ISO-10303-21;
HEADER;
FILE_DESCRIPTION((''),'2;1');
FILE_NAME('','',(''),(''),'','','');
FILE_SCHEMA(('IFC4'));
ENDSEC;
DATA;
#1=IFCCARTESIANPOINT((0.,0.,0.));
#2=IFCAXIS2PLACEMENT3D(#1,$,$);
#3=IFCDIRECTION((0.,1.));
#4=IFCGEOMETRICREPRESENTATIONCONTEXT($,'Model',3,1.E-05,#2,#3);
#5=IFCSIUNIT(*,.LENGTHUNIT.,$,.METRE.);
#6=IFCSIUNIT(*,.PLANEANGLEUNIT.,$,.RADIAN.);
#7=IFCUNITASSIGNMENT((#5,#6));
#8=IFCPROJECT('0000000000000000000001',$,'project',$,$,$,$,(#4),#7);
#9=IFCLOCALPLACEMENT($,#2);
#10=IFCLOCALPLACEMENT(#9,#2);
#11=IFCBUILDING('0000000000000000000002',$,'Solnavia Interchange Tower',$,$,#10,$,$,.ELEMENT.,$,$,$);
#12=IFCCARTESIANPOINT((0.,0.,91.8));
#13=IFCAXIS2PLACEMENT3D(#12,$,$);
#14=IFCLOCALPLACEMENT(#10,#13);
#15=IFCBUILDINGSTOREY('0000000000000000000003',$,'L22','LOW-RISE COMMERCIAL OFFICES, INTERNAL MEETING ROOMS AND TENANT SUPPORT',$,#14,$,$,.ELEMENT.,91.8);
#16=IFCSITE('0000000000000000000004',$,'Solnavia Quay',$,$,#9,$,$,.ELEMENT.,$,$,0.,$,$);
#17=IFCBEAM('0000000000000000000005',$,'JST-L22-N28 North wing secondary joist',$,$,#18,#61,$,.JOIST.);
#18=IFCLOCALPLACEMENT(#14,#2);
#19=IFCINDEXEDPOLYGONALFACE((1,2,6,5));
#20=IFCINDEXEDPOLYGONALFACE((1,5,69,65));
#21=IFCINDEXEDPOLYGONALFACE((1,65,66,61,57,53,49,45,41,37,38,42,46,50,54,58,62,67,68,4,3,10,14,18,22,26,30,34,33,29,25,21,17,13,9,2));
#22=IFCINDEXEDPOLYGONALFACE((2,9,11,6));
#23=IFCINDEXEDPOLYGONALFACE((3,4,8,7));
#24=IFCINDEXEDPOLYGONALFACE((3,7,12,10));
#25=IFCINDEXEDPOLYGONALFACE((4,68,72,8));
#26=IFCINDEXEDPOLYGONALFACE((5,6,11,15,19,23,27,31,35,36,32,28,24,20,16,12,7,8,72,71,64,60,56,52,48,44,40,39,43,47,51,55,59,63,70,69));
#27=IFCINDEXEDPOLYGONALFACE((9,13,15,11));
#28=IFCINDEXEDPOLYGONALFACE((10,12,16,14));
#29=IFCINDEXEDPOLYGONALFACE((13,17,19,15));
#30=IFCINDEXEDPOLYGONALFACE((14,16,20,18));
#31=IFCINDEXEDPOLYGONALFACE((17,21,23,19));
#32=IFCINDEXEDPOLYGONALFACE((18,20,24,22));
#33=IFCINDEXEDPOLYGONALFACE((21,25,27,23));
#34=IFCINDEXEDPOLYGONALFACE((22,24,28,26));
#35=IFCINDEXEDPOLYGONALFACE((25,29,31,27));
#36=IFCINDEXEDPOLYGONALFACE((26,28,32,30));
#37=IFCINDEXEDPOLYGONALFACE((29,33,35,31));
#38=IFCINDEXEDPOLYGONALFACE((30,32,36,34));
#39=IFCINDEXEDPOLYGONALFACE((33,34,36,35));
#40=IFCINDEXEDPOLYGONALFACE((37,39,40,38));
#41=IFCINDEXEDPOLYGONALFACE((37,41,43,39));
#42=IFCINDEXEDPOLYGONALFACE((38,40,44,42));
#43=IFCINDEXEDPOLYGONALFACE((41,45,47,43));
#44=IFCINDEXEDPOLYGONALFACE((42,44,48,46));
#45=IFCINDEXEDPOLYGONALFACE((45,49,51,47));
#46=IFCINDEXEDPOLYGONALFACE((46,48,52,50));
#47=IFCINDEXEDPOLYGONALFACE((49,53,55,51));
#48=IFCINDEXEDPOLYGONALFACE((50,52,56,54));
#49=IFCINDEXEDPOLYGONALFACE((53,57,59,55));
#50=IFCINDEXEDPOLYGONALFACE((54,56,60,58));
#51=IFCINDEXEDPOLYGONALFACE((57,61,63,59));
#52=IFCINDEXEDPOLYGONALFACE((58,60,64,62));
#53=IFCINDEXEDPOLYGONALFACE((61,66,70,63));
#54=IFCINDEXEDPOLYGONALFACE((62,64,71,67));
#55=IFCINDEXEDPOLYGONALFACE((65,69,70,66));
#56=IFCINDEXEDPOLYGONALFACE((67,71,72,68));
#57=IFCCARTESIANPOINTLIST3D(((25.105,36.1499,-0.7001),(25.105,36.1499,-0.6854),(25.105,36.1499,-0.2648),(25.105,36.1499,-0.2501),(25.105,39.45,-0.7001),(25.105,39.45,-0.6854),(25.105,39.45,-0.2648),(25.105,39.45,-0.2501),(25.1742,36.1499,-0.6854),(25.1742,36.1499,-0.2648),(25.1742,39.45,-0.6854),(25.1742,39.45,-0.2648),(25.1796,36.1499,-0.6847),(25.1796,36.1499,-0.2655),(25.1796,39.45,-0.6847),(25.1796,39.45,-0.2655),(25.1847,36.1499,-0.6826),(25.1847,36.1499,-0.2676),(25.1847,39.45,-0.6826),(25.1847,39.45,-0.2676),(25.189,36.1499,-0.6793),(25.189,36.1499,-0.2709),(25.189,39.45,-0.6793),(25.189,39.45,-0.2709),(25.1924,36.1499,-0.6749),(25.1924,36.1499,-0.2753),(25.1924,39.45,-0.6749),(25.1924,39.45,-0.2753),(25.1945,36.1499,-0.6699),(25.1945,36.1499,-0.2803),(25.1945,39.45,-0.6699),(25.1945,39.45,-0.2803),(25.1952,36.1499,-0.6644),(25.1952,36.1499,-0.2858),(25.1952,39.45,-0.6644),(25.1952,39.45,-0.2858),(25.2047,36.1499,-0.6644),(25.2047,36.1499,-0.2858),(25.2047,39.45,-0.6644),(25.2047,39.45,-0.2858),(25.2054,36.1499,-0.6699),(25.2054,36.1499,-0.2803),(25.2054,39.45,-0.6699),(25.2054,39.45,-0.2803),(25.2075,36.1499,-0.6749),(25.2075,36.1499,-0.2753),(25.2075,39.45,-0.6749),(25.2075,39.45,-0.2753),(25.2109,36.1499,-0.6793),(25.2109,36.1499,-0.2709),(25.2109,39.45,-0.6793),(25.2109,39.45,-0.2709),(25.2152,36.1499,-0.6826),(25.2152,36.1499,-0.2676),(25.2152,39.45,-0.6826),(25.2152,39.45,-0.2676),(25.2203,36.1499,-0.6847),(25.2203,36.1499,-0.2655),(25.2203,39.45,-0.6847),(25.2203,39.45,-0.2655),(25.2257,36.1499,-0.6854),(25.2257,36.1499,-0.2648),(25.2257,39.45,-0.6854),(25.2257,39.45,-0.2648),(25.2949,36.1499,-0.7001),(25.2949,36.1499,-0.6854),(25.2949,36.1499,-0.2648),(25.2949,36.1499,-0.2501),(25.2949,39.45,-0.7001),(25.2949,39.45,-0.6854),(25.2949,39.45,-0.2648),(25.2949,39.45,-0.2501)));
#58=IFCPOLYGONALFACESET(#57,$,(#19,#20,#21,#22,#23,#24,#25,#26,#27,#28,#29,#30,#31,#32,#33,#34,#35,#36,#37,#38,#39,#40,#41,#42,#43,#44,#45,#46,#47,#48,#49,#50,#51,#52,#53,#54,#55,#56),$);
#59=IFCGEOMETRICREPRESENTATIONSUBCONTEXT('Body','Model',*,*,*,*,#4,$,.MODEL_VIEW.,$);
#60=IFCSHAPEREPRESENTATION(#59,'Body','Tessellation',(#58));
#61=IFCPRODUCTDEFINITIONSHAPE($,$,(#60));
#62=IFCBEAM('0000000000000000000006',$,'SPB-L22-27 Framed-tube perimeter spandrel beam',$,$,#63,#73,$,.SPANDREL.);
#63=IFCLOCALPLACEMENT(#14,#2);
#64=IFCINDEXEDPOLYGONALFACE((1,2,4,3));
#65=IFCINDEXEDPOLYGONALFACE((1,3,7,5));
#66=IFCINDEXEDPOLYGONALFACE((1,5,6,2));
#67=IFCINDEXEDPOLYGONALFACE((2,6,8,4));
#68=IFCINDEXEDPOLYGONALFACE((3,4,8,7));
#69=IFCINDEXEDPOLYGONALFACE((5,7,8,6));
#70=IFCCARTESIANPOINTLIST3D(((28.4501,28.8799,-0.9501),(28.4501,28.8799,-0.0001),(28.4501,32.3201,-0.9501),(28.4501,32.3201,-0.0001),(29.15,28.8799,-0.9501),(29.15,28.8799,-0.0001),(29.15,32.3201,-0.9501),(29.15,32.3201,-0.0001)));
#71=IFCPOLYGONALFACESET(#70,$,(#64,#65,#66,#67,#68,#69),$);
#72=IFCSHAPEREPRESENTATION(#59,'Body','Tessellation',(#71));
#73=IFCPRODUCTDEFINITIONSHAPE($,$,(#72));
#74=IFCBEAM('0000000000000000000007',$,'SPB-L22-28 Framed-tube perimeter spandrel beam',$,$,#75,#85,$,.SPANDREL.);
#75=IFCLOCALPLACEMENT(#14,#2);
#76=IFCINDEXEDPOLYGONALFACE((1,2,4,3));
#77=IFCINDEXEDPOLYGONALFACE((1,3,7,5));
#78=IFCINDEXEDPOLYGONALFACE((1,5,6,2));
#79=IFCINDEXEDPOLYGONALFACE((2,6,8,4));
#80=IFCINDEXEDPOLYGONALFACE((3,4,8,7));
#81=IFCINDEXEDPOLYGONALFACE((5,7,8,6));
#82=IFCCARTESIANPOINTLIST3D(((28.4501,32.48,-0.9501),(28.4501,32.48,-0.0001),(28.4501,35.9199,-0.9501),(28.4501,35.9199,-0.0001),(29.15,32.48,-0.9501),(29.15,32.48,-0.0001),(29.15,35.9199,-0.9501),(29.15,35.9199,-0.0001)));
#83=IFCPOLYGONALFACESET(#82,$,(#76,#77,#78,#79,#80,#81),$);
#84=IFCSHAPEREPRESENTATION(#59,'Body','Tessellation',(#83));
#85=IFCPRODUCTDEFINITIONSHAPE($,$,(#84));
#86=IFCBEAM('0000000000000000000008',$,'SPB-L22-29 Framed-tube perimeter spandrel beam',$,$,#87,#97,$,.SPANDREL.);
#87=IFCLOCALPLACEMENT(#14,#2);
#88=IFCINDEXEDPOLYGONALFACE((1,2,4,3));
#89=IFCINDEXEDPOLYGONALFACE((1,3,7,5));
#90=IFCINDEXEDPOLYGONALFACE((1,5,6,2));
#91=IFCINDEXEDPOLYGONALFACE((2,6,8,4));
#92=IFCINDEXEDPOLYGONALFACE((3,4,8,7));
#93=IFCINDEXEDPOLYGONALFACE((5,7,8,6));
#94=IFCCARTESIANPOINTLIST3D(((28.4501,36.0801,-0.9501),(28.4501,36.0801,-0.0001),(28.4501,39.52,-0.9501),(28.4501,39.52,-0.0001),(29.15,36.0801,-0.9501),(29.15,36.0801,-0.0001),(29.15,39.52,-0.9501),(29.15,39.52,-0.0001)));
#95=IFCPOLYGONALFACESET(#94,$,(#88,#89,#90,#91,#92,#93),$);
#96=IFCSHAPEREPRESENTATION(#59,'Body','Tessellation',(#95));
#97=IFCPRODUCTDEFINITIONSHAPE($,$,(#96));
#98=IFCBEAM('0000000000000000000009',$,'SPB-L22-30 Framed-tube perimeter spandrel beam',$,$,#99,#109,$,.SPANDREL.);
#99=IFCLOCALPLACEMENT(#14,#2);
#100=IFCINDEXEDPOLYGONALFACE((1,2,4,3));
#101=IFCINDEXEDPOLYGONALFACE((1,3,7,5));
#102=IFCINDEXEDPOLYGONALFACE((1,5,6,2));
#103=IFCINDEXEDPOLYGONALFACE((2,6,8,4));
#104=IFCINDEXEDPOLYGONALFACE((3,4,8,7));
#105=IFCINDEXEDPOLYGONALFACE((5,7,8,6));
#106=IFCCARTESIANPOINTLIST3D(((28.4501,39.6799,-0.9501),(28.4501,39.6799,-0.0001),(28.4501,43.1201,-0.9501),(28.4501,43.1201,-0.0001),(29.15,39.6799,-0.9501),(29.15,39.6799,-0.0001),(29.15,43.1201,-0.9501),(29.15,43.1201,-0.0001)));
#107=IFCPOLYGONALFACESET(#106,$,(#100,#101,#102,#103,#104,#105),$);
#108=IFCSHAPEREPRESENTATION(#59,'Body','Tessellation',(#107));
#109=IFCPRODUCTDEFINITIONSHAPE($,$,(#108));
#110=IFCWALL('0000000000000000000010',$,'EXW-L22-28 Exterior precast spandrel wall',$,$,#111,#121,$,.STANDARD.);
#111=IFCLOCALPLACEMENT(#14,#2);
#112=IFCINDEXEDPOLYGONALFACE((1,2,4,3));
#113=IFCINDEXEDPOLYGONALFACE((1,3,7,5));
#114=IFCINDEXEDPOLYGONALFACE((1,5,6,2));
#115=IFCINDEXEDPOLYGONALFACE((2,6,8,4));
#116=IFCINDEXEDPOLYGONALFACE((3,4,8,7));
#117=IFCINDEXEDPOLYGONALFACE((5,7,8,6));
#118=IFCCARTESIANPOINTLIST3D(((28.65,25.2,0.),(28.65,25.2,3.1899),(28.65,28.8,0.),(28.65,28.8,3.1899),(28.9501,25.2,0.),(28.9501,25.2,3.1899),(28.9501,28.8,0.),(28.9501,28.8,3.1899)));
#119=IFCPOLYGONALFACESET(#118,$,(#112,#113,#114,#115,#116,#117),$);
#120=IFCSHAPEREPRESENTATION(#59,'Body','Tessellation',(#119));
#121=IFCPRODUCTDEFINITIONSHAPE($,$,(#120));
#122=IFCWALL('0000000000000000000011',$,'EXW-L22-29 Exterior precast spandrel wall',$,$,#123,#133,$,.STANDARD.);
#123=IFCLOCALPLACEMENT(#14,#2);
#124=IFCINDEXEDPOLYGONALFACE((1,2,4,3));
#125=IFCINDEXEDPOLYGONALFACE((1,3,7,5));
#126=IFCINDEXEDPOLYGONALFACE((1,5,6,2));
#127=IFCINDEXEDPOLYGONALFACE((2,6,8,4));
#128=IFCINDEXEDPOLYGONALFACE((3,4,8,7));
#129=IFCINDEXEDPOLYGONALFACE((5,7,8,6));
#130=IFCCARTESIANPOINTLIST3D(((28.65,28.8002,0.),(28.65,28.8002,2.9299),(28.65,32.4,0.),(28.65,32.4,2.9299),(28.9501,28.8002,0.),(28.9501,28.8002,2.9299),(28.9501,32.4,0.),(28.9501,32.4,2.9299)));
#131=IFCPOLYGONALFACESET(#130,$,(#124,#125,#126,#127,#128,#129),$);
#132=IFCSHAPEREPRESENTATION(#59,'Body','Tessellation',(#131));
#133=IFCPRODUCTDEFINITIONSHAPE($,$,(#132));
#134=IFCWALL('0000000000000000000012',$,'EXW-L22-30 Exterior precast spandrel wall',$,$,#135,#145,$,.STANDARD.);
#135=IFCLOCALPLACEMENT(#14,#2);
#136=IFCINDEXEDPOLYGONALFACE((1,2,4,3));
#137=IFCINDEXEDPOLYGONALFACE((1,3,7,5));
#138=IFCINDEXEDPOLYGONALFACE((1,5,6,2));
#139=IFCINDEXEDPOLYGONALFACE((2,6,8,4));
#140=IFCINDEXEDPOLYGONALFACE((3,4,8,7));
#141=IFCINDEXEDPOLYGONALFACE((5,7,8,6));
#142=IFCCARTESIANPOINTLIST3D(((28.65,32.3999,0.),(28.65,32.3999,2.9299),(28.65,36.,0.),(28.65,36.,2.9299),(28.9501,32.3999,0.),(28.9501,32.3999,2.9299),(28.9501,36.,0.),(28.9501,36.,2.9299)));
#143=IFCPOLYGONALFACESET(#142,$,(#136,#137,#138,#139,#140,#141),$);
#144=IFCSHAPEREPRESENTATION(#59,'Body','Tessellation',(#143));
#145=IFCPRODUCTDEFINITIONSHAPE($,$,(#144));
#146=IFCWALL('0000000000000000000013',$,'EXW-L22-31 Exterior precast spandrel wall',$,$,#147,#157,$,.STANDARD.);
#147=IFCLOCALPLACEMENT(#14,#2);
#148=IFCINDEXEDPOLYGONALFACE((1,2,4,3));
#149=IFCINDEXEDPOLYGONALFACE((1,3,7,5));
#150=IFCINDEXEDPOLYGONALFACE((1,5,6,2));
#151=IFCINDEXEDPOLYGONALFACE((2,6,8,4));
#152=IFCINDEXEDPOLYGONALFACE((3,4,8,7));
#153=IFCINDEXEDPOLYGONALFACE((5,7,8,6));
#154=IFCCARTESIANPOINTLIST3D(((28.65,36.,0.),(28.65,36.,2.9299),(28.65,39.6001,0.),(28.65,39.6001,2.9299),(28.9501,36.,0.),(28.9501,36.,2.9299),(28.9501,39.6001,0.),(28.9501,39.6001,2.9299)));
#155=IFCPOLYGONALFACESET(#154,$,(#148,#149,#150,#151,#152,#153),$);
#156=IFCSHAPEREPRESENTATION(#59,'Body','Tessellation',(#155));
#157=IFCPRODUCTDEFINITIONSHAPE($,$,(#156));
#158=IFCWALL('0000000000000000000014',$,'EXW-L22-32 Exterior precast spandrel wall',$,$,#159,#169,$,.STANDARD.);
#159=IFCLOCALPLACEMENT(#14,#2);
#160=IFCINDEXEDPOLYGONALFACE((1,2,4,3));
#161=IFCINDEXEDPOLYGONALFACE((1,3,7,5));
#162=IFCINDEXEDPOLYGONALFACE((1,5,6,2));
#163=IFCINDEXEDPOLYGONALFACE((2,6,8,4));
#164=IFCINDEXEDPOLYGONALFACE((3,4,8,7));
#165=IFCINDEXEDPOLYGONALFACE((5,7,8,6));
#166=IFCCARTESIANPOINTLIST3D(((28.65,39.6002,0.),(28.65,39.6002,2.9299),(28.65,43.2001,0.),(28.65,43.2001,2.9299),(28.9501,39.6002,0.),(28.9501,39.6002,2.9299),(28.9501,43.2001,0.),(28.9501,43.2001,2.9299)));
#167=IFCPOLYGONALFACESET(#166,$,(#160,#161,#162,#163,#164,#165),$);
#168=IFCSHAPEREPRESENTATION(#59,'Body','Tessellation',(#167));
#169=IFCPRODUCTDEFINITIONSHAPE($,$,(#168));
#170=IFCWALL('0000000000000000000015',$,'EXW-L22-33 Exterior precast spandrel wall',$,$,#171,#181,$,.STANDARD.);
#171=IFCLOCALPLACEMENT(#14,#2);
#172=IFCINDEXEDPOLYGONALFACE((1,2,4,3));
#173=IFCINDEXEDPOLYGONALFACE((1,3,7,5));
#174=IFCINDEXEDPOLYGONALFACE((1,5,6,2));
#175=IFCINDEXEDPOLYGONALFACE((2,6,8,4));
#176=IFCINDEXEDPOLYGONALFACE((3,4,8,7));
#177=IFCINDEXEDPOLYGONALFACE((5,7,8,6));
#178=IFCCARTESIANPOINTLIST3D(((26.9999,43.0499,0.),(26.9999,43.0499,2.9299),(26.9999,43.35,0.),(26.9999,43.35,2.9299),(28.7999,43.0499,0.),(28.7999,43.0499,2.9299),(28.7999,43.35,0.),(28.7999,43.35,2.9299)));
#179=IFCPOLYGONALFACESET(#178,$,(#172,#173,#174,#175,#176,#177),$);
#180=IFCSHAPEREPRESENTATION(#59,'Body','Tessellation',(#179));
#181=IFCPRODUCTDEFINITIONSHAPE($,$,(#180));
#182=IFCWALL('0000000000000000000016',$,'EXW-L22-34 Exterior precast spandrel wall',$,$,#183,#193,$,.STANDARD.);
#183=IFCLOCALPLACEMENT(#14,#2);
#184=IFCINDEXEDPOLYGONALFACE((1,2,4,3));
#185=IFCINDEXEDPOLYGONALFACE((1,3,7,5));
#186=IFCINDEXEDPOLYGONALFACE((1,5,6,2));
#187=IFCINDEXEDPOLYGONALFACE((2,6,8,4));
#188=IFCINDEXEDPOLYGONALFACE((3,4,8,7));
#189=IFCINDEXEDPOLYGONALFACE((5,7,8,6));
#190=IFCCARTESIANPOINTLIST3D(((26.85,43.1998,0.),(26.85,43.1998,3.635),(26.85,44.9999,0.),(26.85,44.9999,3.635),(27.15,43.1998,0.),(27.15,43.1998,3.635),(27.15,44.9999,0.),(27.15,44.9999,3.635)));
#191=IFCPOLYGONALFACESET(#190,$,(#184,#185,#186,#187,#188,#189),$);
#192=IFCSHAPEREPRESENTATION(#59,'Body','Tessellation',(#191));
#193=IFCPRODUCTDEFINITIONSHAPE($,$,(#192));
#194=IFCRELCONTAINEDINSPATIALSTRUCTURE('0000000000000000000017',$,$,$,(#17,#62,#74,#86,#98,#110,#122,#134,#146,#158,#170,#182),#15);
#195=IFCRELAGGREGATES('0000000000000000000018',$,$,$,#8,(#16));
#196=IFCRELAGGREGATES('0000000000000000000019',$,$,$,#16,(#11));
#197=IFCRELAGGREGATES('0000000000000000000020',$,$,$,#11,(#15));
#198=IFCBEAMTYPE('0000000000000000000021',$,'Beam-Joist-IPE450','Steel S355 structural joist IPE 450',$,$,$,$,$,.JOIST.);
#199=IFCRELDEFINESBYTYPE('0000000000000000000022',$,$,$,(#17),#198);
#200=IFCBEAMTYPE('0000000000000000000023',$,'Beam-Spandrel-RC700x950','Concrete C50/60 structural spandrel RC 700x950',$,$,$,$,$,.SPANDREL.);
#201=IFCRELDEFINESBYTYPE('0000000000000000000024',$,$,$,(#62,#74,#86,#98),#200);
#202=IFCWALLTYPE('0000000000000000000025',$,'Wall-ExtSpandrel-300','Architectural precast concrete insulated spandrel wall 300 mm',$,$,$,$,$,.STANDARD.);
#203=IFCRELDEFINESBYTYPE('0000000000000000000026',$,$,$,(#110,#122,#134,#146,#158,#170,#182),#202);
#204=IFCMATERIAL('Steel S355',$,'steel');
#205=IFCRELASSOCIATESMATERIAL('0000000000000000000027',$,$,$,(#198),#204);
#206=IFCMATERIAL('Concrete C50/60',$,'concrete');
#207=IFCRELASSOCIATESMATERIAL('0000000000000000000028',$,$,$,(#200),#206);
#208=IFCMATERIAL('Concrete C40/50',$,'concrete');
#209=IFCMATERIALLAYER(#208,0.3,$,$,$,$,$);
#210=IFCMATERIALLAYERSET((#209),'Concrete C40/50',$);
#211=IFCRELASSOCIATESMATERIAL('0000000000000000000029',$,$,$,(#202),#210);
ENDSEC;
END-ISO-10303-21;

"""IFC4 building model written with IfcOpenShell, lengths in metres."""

from ifc_helpers import new_model, si_unit, direction, frame, frame_2d, origin, origin_2d, place, context, subcontext, project, spatial, rectangle, i_section, extrude, material, layer, layer_set, material_profile, profile_set, type_object, element, save


model = new_model("IFC4")

# Units and contexts
model_context = context("Model", 3, precision=1e-05, world=origin(), true_north=direction((0.0, 1.0)))
body_context = subcontext(model_context, "Body", "Model", "MODEL_VIEW")
ifc_project = project(units=[si_unit("LENGTHUNIT", "METRE"), si_unit("PLANEANGLEUNIT", "RADIAN")], contexts=[model_context])

# Site, building, storey
site_placement = place(None, origin())
site = spatial("IfcSite", under=ifc_project, at=site_placement, Name="Solnavia Quay", CompositionType="ELEMENT", RefElevation=0.0)
building_placement = place(site_placement, origin())
building = spatial("IfcBuilding", under=site, at=building_placement, Name="Solnavia Interchange Tower", CompositionType="ELEMENT")
storey_placement = place(building_placement, frame((0.0, 0.0, 91.8)))
storey = spatial("IfcBuildingStorey", under=building, at=storey_placement, Name="L22", Description="LOW-RISE COMMERCIAL OFFICES, INTERNAL MEETING ROOMS AND TENANT SUPPORT", CompositionType="ELEMENT", Elevation=91.8)

# Shared definitions
ifc_material_1 = material(Name="Concrete C50/60", Category="concrete")

# Beams
ifc_material_2 = material(Name="Steel S355", Category="steel")
ifc_material_profile_1 = material_profile(ifc_material_2, i_section(OverallWidth=0.1899, OverallDepth=0.45, WebThickness=0.0095, FlangeThickness=0.0146, FilletRadius=0.021, at=origin_2d()), Name="IPE 450")
ifc_profile_set_1 = profile_set([ifc_material_profile_1], Name="Steel S355")
beam_type_1 = type_object("IfcBeamType", Name="Beam-Joist-IPE450", Description="Steel S355 structural joist IPE 450", PredefinedType="JOIST", material=ifc_profile_set_1)
beam_1_placement = place(storey_placement, frame((25.2, 36.1499, -0.4751), z_axis=(0.0, 1.0, 0.0), x_axis=(-1.0, 0.0, 0.0)))
element("IfcBeam", 1, at=beam_1_placement, inside=storey, type_object=beam_type_1, Name="JST-L22-N28 North wing secondary joist", PredefinedType="JOIST", context=body_context, shape_type="SweptSolid", body=[
    extrude(i_section(OverallWidth=0.1899, OverallDepth=0.45, WebThickness=0.0095, FlangeThickness=0.0146, FilletRadius=0.021, at=origin_2d()), origin(), (0.0, 0.0, 1.0), 3.3),
])
ifc_material_profile_2 = material_profile(ifc_material_1, rectangle(XDim=0.7, YDim=0.95, at=origin_2d()), Name="RC 700x950")
ifc_profile_set_2 = profile_set([ifc_material_profile_2], Name="Concrete C50/60")
beam_type_2 = type_object("IfcBeamType", Name="Beam-Spandrel-RC700x950", Description="Concrete C50/60 structural spandrel RC 700x950", PredefinedType="SPANDREL", material=ifc_profile_set_2)
beam_2_placement = place(storey_placement, frame((28.8, 28.8799, -0.4751), z_axis=(0.0, 1.0, 0.0), x_axis=(-1.0, 0.0, 0.0)))
element("IfcBeam", 2, at=beam_2_placement, inside=storey, type_object=beam_type_2, Name="SPB-L22-27 Framed-tube perimeter spandrel beam", PredefinedType="SPANDREL", context=body_context, shape_type="SweptSolid", body=[
    extrude(rectangle(XDim=0.7, YDim=0.95, at=origin_2d()), origin(), (0.0, 0.0, 1.0), 3.4402),
])
for number, where, z_axis, x_axis, name in (
    (3, (28.8, 32.48, -0.4751), (0.0, 1.0, 0.0), (-1.0, 0.0, 0.0), "SPB-L22-28 Framed-tube perimeter spandrel beam"),
    (4, (28.8, 36.0801, -0.4751), (0.0, 1.0, 0.0), (-1.0, 0.0, 0.0), "SPB-L22-29 Framed-tube perimeter spandrel beam"),
):
    element("IfcBeam", number, at=place(storey_placement, frame(where, z_axis=z_axis, x_axis=x_axis)), inside=storey, type_object=beam_type_2, Name=name, PredefinedType="SPANDREL", context=body_context, shape_type="SweptSolid", body=[
        extrude(rectangle(XDim=0.7, YDim=0.95, at=origin_2d()), origin(), (0.0, 0.0, 1.0), 3.4399),
    ])
beam_3_placement = place(storey_placement, frame((28.8, 39.6799, -0.4751), z_axis=(0.0, 1.0, 0.0), x_axis=(-1.0, 0.0, 0.0)))
element("IfcBeam", 5, at=beam_3_placement, inside=storey, type_object=beam_type_2, Name="SPB-L22-30 Framed-tube perimeter spandrel beam", PredefinedType="SPANDREL", context=body_context, shape_type="SweptSolid", body=[
    extrude(rectangle(XDim=0.7, YDim=0.95, at=origin_2d()), origin(), (0.0, 0.0, 1.0), 3.4402),
])

# Walls
ifc_material_3 = material(Name="Concrete C40/50", Category="concrete")
ifc_layer = layer(ifc_material_3, 0.3)
ifc_layer_set = layer_set([ifc_layer], Name="Concrete C40/50")
wall_type = type_object("IfcWallType", Name="Wall-ExtSpandrel-300", Description="Architectural precast concrete insulated spandrel wall 300 mm", PredefinedType="STANDARD", material=ifc_layer_set)
wall_1_placement = place(storey_placement, frame((28.8, 28.8, 0.0), z_axis=(0.0, 0.0, 1.0), x_axis=(0.0, -1.0, 0.0)))
element("IfcWall", 6, at=wall_1_placement, inside=storey, type_object=wall_type, Name="EXW-L22-28 Exterior precast spandrel wall", PredefinedType="STANDARD", context=body_context, shape_type="SweptSolid", body=[
    extrude(rectangle(XDim=3.6001, YDim=0.3, at=frame_2d((1.8, 0.0))), origin(), (0.0, 0.0, 1.0), 3.1899),
])
wall_2_placement = place(storey_placement, frame((28.8, 32.3999, 0.0), z_axis=(0.0, 0.0, 1.0), x_axis=(0.0, -1.0, 0.0)))
element("IfcWall", 7, at=wall_2_placement, inside=storey, type_object=wall_type, Name="EXW-L22-29 Exterior precast spandrel wall", PredefinedType="STANDARD", context=body_context, shape_type="SweptSolid", body=[
    extrude(rectangle(XDim=3.5999, YDim=0.3, at=frame_2d((1.7998, 0.0))), origin(), (0.0, 0.0, 1.0), 2.9299),
])
for number, where, z_axis, x_axis, name in (
    (8, (28.8, 36.0, 0.0), (0.0, 0.0, 1.0), (0.0, -1.0, 0.0), "EXW-L22-30 Exterior precast spandrel wall"),
    (9, (28.8, 39.6001, 0.0), (0.0, 0.0, 1.0), (0.0, -1.0, 0.0), "EXW-L22-31 Exterior precast spandrel wall"),
):
    element("IfcWall", number, at=place(storey_placement, frame(where, z_axis=z_axis, x_axis=x_axis)), inside=storey, type_object=wall_type, Name=name, PredefinedType="STANDARD", context=body_context, shape_type="SweptSolid", body=[
        extrude(rectangle(XDim=3.6001, YDim=0.3, at=frame_2d((1.8, 0.0))), origin(), (0.0, 0.0, 1.0), 2.9299),
    ])
wall_3_placement = place(storey_placement, frame((28.8, 43.2, 0.0), z_axis=(0.0, 0.0, 1.0), x_axis=(0.0, -1.0, 0.0)))
element("IfcWall", 10, at=wall_3_placement, inside=storey, type_object=wall_type, Name="EXW-L22-32 Exterior precast spandrel wall", PredefinedType="STANDARD", context=body_context, shape_type="SweptSolid", body=[
    extrude(rectangle(XDim=3.5999, YDim=0.3, at=frame_2d((1.7998, 0.0))), origin(), (0.0, 0.0, 1.0), 2.9299),
])
wall_4_placement = place(storey_placement, frame((27.0, 43.2, 0.0), z_axis=(0.0, 0.0, 1.0), x_axis=(1.0, 0.0, 0.0)))
element("IfcWall", 11, at=wall_4_placement, inside=storey, type_object=wall_type, Name="EXW-L22-33 Exterior precast spandrel wall", PredefinedType="STANDARD", context=body_context, shape_type="SweptSolid", body=[
    extrude(rectangle(XDim=1.8, YDim=0.3, at=frame_2d((0.8999, 0.0))), origin(), (0.0, 0.0, 1.0), 2.9299),
])
for number, where, z_axis, x_axis, name in (
    (12, (27.0, 43.2, 0.0), (0.0, 0.0, 1.0), (0.0, 1.0, 0.0), "EXW-L22-34 Exterior precast spandrel wall"),
):
    element("IfcWall", number, at=place(storey_placement, frame(where, z_axis=z_axis, x_axis=x_axis)), inside=storey, type_object=wall_type, Name=name, PredefinedType="STANDARD", context=body_context, shape_type="SweptSolid", body=[
        extrude(rectangle(XDim=1.8, YDim=0.3, at=frame_2d((0.8999, 0.0))), origin(), (0.0, 0.0, 1.0), 3.635),
    ])

save(model, "model.ifc")
